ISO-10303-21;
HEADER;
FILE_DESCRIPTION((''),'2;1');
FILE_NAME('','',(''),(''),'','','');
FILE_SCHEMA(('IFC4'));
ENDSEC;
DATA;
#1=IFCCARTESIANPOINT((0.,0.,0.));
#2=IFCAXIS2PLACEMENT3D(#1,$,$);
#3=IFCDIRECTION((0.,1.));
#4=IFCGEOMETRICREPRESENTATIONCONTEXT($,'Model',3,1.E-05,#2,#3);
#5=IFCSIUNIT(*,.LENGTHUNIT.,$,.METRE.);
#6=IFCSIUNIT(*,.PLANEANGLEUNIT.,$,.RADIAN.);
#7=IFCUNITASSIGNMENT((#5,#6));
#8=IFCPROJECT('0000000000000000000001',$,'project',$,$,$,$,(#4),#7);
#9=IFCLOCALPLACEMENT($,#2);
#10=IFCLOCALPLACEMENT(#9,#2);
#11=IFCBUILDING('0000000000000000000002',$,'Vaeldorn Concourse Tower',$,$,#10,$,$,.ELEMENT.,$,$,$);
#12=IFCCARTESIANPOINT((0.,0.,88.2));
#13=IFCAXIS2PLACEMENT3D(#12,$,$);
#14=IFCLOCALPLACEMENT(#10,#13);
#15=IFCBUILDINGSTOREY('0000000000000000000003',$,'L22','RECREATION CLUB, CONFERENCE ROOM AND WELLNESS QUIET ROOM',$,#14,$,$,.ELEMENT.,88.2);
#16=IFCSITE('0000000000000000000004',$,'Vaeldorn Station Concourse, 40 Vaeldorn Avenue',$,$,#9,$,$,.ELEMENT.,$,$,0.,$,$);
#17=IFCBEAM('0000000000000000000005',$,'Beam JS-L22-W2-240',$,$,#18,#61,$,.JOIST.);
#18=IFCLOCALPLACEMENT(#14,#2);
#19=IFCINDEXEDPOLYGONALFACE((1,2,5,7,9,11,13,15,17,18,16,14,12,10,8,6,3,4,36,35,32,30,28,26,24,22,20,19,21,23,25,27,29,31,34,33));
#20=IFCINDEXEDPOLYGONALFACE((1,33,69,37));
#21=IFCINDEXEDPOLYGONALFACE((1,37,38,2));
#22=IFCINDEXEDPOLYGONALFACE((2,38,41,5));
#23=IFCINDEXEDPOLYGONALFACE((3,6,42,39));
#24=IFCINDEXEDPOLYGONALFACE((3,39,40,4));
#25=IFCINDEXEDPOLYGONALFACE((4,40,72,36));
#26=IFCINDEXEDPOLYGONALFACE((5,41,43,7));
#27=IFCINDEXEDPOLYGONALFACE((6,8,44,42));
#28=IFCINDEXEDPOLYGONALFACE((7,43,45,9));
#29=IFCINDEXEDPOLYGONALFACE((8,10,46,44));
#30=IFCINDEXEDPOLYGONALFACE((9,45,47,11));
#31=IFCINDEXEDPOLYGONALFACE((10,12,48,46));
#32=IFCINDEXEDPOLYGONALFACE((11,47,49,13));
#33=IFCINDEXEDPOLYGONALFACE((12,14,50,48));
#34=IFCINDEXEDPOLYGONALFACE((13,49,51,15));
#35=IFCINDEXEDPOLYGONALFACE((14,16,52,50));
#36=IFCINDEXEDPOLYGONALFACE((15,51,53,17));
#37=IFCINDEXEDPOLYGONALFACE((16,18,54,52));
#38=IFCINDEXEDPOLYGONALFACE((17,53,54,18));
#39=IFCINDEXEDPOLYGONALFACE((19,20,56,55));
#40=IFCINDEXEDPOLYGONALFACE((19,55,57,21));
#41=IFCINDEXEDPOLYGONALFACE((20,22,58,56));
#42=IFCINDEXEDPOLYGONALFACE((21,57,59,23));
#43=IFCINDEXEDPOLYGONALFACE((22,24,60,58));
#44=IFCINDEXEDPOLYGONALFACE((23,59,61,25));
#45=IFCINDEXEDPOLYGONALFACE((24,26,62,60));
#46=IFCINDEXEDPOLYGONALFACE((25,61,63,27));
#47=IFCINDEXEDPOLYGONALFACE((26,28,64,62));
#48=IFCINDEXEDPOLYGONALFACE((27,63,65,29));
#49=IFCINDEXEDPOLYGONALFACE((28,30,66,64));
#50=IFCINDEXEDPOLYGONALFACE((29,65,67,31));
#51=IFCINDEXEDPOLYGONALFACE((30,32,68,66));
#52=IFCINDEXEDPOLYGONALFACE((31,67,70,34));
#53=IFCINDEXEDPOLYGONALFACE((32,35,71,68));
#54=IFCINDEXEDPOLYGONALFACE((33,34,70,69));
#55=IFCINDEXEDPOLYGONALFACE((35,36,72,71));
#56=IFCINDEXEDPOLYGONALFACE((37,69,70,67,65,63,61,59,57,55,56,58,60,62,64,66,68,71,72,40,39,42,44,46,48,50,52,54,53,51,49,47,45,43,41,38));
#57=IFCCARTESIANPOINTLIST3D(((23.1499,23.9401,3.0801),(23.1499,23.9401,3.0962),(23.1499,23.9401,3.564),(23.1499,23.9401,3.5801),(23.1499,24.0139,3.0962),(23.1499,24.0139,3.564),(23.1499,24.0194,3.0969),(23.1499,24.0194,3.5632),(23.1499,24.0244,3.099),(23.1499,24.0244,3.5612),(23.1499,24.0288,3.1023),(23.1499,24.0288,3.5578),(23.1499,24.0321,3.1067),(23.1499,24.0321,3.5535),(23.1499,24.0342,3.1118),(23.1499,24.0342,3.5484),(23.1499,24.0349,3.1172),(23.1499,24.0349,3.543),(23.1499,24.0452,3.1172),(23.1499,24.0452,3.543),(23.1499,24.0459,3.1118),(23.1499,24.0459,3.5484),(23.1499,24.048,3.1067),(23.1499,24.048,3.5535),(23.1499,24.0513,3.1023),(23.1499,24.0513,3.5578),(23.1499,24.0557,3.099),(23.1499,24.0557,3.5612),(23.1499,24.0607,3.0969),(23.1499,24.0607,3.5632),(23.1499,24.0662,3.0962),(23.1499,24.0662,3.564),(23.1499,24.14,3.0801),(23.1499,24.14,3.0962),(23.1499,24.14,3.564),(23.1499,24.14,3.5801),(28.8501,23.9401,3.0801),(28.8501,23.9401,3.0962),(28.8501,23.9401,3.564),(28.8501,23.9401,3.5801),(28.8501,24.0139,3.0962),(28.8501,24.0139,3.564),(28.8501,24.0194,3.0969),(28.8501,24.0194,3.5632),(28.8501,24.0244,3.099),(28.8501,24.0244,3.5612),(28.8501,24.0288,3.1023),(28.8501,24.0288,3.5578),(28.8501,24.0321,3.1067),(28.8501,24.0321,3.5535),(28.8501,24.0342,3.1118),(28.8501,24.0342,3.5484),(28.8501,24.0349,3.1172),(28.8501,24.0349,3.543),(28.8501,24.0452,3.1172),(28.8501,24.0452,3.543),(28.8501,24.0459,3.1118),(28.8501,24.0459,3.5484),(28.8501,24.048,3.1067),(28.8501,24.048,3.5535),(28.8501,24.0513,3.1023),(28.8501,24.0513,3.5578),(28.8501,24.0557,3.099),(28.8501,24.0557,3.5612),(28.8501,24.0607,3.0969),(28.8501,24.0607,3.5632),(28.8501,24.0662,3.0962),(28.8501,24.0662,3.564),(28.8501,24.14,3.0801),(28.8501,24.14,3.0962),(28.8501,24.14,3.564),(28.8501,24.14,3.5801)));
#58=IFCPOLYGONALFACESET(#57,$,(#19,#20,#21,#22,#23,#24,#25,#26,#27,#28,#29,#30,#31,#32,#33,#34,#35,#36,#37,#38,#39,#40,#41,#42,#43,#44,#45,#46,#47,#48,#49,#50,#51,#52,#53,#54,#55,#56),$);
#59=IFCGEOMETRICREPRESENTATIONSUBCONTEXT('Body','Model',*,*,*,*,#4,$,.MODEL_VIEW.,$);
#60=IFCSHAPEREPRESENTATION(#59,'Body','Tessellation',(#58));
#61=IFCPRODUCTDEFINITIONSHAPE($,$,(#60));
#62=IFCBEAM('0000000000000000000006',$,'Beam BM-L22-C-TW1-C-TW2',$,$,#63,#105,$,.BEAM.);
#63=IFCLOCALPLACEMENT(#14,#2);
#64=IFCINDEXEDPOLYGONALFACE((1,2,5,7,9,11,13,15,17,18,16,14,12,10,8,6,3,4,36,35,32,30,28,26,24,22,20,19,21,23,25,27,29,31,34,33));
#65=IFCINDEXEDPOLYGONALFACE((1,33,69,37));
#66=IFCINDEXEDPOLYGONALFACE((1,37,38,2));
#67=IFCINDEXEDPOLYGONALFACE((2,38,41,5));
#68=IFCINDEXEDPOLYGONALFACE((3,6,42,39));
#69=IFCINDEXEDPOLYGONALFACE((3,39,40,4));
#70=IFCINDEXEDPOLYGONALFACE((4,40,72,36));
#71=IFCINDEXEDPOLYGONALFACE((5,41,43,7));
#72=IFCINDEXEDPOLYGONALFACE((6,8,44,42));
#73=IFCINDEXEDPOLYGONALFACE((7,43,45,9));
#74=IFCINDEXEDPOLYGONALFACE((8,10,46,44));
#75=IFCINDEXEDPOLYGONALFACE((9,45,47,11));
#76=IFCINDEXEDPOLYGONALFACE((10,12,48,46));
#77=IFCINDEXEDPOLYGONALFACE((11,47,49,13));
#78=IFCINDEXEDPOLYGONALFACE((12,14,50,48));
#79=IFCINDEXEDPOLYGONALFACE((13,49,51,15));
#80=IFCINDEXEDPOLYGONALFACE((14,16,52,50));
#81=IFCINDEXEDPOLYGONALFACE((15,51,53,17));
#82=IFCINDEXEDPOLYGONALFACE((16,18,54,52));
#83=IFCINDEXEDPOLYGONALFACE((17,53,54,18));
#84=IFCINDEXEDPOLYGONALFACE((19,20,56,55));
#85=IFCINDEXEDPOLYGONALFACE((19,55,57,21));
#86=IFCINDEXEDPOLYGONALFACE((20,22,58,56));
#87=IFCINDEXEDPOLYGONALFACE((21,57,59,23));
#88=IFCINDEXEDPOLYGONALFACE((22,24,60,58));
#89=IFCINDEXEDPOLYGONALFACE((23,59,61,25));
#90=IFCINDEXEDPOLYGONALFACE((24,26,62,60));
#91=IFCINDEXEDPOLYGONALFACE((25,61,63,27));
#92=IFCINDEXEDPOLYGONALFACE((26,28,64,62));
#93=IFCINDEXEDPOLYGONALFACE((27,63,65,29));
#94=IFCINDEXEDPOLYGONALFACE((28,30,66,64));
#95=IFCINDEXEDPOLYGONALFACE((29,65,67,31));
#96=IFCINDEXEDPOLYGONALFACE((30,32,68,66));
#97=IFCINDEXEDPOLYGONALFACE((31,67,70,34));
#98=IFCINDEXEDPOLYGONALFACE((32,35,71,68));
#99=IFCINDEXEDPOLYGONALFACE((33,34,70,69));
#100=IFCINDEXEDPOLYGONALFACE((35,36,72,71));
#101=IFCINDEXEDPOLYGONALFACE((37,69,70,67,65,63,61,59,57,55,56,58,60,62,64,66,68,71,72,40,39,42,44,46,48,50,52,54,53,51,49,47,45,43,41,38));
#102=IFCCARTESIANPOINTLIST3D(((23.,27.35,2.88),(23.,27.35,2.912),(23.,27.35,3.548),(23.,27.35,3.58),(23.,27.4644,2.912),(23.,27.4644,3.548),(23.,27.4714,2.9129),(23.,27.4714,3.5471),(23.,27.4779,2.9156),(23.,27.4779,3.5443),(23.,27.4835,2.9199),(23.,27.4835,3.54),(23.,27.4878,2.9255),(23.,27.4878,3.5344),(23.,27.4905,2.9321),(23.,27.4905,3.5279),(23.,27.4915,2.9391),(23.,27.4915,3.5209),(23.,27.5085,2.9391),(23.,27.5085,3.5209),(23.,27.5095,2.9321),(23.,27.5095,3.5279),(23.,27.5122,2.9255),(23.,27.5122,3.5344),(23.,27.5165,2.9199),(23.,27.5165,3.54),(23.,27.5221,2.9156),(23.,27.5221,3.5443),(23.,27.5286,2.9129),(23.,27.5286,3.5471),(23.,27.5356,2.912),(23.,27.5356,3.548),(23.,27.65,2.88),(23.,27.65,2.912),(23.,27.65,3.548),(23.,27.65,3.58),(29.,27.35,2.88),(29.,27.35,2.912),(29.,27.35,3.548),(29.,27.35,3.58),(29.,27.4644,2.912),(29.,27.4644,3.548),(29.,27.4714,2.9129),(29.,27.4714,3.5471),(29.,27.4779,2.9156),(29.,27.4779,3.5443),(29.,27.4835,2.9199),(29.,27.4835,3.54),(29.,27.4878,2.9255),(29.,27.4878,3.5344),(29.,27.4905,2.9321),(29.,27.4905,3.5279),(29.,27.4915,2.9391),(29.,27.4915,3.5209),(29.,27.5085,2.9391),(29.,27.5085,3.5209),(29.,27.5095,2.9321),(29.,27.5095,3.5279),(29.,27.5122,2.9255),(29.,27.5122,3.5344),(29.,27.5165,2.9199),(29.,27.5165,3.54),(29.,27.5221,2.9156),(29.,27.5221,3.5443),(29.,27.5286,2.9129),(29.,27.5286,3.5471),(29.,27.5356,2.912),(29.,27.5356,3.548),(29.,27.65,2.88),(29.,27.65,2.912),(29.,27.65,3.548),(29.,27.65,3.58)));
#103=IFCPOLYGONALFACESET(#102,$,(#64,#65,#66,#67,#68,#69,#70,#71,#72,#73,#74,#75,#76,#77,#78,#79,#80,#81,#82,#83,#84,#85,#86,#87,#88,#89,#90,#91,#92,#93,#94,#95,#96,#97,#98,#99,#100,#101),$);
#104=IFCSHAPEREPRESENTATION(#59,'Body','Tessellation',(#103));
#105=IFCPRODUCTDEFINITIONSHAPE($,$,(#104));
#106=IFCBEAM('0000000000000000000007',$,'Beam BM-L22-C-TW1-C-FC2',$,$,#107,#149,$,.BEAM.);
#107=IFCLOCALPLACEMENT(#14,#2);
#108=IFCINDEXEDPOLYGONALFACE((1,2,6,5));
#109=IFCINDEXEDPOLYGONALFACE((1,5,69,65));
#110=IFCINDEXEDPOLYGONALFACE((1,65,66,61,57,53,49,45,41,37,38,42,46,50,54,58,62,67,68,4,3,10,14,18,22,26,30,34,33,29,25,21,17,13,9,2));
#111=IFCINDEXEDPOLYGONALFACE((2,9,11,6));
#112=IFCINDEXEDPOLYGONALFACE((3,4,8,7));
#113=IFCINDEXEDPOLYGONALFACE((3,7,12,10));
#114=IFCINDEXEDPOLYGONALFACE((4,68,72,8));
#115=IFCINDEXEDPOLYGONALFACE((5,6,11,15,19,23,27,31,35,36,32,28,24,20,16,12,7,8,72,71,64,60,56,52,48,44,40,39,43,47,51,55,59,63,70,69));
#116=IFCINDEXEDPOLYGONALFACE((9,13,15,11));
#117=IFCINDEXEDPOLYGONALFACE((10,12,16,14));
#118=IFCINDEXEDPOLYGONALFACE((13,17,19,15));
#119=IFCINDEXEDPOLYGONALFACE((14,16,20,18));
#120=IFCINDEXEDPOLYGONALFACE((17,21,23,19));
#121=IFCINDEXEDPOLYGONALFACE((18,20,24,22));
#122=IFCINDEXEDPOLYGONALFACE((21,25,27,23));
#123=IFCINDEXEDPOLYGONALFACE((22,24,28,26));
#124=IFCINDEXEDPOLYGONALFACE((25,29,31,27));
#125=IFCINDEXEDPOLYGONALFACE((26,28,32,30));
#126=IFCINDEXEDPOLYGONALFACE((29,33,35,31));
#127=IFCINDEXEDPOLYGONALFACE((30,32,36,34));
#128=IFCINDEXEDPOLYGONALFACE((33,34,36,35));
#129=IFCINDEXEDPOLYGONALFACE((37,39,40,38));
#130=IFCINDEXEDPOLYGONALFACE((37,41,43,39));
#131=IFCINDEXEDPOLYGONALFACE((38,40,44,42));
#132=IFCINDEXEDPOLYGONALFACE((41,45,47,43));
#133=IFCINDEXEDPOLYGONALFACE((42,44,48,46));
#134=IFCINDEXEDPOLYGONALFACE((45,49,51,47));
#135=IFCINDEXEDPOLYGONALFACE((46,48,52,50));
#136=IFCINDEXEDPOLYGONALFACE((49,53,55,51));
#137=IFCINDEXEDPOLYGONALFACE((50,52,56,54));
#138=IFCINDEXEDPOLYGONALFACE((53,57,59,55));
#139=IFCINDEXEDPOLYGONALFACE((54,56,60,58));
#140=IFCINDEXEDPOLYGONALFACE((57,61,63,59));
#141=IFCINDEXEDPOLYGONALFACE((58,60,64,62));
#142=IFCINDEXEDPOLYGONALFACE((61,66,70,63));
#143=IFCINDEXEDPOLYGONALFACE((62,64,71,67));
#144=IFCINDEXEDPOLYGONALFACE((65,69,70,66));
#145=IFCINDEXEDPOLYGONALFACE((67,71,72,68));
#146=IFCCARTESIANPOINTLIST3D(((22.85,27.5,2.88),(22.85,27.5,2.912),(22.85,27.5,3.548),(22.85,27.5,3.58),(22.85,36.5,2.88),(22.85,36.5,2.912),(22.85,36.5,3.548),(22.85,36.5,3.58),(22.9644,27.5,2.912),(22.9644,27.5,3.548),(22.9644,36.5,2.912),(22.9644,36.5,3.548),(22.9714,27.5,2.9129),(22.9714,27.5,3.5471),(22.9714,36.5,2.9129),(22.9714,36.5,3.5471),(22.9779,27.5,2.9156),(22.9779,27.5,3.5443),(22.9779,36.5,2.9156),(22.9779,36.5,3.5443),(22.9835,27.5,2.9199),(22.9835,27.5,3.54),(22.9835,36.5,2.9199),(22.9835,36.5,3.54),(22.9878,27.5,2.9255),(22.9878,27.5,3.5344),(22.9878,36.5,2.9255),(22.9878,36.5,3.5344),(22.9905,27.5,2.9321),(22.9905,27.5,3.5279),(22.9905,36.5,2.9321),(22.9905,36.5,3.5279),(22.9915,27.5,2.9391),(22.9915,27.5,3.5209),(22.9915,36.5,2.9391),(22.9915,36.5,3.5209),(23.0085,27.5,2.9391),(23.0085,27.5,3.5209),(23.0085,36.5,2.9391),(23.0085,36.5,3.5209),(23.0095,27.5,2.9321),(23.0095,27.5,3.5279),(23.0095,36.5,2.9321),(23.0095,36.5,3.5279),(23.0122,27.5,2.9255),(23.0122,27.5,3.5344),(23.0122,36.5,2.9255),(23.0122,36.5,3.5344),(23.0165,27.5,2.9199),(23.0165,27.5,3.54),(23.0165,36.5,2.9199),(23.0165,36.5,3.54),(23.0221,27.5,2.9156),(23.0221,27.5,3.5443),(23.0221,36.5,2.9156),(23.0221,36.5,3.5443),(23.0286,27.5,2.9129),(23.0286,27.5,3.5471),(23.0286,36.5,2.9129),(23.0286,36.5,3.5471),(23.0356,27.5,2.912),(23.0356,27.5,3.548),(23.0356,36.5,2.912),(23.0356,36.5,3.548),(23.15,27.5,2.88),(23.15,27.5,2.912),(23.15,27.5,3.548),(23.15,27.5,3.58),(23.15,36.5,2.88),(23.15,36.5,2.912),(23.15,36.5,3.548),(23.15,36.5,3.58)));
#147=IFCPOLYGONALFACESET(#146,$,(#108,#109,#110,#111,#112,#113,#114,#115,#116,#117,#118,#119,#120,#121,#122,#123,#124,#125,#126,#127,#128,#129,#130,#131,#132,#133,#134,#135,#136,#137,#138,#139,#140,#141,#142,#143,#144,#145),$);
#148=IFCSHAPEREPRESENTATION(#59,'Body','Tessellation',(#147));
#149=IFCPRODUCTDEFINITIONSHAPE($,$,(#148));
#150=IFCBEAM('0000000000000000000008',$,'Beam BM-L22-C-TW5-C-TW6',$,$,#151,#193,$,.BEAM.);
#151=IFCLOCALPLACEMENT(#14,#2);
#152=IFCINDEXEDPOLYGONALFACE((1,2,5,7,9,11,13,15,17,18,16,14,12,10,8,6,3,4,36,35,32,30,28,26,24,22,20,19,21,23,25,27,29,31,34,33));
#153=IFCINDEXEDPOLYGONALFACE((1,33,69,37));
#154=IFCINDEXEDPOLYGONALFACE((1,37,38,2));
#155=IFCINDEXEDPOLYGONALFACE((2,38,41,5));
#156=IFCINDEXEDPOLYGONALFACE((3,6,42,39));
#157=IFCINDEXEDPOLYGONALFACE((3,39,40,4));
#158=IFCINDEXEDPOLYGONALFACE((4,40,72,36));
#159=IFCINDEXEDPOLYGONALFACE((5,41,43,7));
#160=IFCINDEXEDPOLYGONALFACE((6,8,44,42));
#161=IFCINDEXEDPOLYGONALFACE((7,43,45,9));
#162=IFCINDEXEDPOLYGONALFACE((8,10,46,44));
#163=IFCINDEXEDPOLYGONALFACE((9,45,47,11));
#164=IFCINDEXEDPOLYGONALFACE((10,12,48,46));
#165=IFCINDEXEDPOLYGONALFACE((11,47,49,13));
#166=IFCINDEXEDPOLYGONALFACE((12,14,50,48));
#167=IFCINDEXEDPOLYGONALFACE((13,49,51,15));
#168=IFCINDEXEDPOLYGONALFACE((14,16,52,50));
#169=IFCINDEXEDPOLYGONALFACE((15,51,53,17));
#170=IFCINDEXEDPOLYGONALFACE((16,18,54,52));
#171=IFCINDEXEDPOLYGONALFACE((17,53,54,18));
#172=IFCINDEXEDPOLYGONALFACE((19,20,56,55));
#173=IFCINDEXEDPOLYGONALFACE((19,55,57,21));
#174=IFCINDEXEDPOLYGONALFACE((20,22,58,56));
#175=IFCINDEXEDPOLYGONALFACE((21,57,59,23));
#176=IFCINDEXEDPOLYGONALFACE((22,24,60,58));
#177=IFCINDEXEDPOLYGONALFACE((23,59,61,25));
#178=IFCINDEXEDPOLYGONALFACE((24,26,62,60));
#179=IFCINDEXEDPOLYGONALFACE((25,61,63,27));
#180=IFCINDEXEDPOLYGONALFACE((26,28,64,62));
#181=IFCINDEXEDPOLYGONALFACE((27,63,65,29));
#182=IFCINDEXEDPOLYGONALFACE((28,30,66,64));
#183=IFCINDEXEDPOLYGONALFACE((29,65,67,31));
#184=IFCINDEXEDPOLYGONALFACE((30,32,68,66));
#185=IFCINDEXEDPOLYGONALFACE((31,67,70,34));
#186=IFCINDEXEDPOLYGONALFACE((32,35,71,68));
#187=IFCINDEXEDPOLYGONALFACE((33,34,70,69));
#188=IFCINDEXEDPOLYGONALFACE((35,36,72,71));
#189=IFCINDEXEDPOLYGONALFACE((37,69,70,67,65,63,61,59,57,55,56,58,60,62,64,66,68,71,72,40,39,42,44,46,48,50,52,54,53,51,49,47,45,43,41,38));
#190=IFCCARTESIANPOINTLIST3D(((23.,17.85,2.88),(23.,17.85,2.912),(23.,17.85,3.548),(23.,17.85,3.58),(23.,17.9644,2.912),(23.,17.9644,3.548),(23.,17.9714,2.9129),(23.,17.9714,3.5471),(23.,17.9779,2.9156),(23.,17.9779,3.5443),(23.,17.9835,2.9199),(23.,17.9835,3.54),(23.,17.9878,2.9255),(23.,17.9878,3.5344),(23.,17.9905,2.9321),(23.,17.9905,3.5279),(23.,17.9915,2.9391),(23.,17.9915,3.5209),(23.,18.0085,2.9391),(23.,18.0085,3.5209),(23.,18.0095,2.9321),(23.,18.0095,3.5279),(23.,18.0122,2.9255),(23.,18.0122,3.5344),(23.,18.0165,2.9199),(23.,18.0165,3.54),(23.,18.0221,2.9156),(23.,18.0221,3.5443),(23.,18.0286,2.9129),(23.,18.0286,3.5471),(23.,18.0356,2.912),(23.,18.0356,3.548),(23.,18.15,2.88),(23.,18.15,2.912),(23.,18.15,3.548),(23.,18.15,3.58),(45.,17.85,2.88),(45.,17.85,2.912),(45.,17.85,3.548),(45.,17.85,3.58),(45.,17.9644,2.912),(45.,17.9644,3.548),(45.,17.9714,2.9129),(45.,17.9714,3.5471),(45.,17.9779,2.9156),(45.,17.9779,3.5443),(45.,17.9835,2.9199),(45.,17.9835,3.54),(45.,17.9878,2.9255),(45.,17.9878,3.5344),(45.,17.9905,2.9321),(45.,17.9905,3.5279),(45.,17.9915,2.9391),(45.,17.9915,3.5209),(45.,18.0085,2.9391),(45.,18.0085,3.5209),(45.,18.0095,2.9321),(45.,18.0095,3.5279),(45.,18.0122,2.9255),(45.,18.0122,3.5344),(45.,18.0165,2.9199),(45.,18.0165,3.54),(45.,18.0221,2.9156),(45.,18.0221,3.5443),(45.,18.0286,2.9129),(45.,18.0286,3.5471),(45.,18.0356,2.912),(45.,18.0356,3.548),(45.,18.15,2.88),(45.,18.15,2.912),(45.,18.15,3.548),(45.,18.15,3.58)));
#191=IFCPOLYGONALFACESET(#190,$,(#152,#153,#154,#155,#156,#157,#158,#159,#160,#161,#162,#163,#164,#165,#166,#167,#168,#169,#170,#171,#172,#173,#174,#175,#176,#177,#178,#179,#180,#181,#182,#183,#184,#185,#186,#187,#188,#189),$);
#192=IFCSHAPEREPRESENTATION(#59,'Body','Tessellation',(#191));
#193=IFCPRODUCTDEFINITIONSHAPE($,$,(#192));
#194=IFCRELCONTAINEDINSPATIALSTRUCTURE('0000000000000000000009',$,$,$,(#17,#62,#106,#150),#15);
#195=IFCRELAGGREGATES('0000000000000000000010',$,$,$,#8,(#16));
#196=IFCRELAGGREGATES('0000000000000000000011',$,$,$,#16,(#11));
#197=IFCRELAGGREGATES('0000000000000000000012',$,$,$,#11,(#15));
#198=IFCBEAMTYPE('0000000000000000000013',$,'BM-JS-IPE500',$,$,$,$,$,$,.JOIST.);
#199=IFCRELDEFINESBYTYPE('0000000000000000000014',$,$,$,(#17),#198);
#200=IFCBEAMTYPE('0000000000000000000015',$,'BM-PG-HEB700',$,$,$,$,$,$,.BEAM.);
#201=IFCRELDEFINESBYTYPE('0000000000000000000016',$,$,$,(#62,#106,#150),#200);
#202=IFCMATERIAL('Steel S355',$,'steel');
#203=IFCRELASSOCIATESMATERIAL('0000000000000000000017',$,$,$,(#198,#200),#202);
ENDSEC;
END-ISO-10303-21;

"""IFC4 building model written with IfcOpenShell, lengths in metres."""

from ifc_helpers import new_model, si_unit, direction, frame, origin, origin_2d, place, context, subcontext, project, spatial, i_section, extrude, source, transform, mapped, material, material_profile, profile_set, type_object, element, save


model = new_model("IFC4")

# Units and contexts
model_context = context("Model", 3, precision=1e-05, world=origin(), true_north=direction((0.0, 1.0)))
body_context = subcontext(model_context, "Body", "Model", "MODEL_VIEW")
ifc_project = project(units=[si_unit("LENGTHUNIT", "METRE"), si_unit("PLANEANGLEUNIT", "RADIAN")], contexts=[model_context])

# Site, building, storey
site_placement = place(None, origin())
site = spatial("IfcSite", under=ifc_project, at=site_placement, Name="Vaeldorn Station Concourse, 40 Vaeldorn Avenue", CompositionType="ELEMENT", RefElevation=0.0)
building_placement = place(site_placement, origin())
building = spatial("IfcBuilding", under=site, at=building_placement, Name="Vaeldorn Concourse Tower", CompositionType="ELEMENT")
storey_placement = place(building_placement, frame((0.0, 0.0, 88.2)))
storey = spatial("IfcBuildingStorey", under=building, at=storey_placement, Name="L22", Description="RECREATION CLUB, CONFERENCE ROOM AND WELLNESS QUIET ROOM", CompositionType="ELEMENT", Elevation=88.2)

# Beams
ifc_material_1 = material(Name="Steel S355", Category="steel")
ifc_material_profile_1 = material_profile(ifc_material_1, i_section(OverallWidth=0.2, OverallDepth=0.5, WebThickness=0.0103, FlangeThickness=0.0161, FilletRadius=0.021, at=origin_2d()), Name="IPE 500")
ifc_profile_set_1 = profile_set([ifc_material_profile_1], Name="Steel S355")
beam_type_1 = type_object("IfcBeamType", Name="BM-JS-IPE500", PredefinedType="JOIST", material=ifc_profile_set_1)
shared_shape_1 = source(origin(), body_context, "Body", "SweptSolid", [
    extrude(i_section(OverallWidth=0.2, OverallDepth=0.5, WebThickness=0.0103, FlangeThickness=0.0161, FilletRadius=0.021, at=origin_2d()), origin(), (0.0, 0.0, 1.0), 5.7002),
])
for number, where, z_axis, x_axis, name in (
    (1, (23.1499, 24.04, 3.3301), (1.0, 0.0, 0.0), (0.0, 1.0, 0.0), "Beam JS-L22-W2-240"),
):
    element("IfcBeam", number, at=place(storey_placement, frame(where, z_axis=z_axis, x_axis=x_axis)), inside=storey, type_object=beam_type_1, Name=name, PredefinedType="JOIST", context=body_context, shape_type="MappedRepresentation", body=[
        mapped(shared_shape_1, transform((0.0, 0.0, 0.0), scale=1.0)),
    ])
ifc_material_profile_2 = material_profile(ifc_material_1, i_section(OverallWidth=0.3, OverallDepth=0.7, WebThickness=0.0171, FlangeThickness=0.032, FilletRadius=0.0271, at=origin_2d()), Name="HEB 700")
ifc_profile_set_2 = profile_set([ifc_material_profile_2], Name="Steel S355")
beam_type_2 = type_object("IfcBeamType", Name="BM-PG-HEB700", PredefinedType="BEAM", material=ifc_profile_set_2)
shared_shape_2 = source(origin(), body_context, "Body", "SweptSolid", [
    extrude(i_section(OverallWidth=0.3, OverallDepth=0.7, WebThickness=0.0171, FlangeThickness=0.032, FilletRadius=0.0271, at=origin_2d()), origin(), (0.0, 0.0, 1.0), 6.0),
])
beam_1_placement = place(storey_placement, frame((23.0, 27.5, 3.23), z_axis=(1.0, 0.0, 0.0), x_axis=(0.0, 1.0, 0.0)))
element("IfcBeam", 2, at=beam_1_placement, inside=storey, type_object=beam_type_2, Name="Beam BM-L22-C-TW1-C-TW2", PredefinedType="BEAM", context=body_context, shape_type="MappedRepresentation", body=[
    mapped(shared_shape_2, transform((0.0, 0.0, 0.0), scale=1.0)),
])
shared_shape_3 = source(origin(), body_context, "Body", "SweptSolid", [
    extrude(i_section(OverallWidth=0.3, OverallDepth=0.7, WebThickness=0.0171, FlangeThickness=0.032, FilletRadius=0.0271, at=origin_2d()), origin(), (0.0, 0.0, 1.0), 9.0),
])
beam_2_placement = place(storey_placement, frame((23.0, 27.5, 3.23), z_axis=(0.0, 1.0, 0.0), x_axis=(-1.0, 0.0, 0.0)))
element("IfcBeam", 3, at=beam_2_placement, inside=storey, type_object=beam_type_2, Name="Beam BM-L22-C-TW1-C-FC2", PredefinedType="BEAM", context=body_context, shape_type="MappedRepresentation", body=[
    mapped(shared_shape_3, transform((0.0, 0.0, 0.0), scale=1.0)),
])
shared_shape_4 = source(origin(), body_context, "Body", "SweptSolid", [
    extrude(i_section(OverallWidth=0.3, OverallDepth=0.7, WebThickness=0.0171, FlangeThickness=0.032, FilletRadius=0.0271, at=origin_2d()), origin(), (0.0, 0.0, 1.0), 22.0),
])
beam_3_placement = place(storey_placement, frame((23.0, 18.0, 3.23), z_axis=(1.0, 0.0, 0.0), x_axis=(0.0, 1.0, 0.0)))
element("IfcBeam", 4, at=beam_3_placement, inside=storey, type_object=beam_type_2, Name="Beam BM-L22-C-TW5-C-TW6", PredefinedType="BEAM", context=body_context, shape_type="MappedRepresentation", body=[
    mapped(shared_shape_4, transform((0.0, 0.0, 0.0), scale=1.0)),
])

save(model, "model.ifc")
